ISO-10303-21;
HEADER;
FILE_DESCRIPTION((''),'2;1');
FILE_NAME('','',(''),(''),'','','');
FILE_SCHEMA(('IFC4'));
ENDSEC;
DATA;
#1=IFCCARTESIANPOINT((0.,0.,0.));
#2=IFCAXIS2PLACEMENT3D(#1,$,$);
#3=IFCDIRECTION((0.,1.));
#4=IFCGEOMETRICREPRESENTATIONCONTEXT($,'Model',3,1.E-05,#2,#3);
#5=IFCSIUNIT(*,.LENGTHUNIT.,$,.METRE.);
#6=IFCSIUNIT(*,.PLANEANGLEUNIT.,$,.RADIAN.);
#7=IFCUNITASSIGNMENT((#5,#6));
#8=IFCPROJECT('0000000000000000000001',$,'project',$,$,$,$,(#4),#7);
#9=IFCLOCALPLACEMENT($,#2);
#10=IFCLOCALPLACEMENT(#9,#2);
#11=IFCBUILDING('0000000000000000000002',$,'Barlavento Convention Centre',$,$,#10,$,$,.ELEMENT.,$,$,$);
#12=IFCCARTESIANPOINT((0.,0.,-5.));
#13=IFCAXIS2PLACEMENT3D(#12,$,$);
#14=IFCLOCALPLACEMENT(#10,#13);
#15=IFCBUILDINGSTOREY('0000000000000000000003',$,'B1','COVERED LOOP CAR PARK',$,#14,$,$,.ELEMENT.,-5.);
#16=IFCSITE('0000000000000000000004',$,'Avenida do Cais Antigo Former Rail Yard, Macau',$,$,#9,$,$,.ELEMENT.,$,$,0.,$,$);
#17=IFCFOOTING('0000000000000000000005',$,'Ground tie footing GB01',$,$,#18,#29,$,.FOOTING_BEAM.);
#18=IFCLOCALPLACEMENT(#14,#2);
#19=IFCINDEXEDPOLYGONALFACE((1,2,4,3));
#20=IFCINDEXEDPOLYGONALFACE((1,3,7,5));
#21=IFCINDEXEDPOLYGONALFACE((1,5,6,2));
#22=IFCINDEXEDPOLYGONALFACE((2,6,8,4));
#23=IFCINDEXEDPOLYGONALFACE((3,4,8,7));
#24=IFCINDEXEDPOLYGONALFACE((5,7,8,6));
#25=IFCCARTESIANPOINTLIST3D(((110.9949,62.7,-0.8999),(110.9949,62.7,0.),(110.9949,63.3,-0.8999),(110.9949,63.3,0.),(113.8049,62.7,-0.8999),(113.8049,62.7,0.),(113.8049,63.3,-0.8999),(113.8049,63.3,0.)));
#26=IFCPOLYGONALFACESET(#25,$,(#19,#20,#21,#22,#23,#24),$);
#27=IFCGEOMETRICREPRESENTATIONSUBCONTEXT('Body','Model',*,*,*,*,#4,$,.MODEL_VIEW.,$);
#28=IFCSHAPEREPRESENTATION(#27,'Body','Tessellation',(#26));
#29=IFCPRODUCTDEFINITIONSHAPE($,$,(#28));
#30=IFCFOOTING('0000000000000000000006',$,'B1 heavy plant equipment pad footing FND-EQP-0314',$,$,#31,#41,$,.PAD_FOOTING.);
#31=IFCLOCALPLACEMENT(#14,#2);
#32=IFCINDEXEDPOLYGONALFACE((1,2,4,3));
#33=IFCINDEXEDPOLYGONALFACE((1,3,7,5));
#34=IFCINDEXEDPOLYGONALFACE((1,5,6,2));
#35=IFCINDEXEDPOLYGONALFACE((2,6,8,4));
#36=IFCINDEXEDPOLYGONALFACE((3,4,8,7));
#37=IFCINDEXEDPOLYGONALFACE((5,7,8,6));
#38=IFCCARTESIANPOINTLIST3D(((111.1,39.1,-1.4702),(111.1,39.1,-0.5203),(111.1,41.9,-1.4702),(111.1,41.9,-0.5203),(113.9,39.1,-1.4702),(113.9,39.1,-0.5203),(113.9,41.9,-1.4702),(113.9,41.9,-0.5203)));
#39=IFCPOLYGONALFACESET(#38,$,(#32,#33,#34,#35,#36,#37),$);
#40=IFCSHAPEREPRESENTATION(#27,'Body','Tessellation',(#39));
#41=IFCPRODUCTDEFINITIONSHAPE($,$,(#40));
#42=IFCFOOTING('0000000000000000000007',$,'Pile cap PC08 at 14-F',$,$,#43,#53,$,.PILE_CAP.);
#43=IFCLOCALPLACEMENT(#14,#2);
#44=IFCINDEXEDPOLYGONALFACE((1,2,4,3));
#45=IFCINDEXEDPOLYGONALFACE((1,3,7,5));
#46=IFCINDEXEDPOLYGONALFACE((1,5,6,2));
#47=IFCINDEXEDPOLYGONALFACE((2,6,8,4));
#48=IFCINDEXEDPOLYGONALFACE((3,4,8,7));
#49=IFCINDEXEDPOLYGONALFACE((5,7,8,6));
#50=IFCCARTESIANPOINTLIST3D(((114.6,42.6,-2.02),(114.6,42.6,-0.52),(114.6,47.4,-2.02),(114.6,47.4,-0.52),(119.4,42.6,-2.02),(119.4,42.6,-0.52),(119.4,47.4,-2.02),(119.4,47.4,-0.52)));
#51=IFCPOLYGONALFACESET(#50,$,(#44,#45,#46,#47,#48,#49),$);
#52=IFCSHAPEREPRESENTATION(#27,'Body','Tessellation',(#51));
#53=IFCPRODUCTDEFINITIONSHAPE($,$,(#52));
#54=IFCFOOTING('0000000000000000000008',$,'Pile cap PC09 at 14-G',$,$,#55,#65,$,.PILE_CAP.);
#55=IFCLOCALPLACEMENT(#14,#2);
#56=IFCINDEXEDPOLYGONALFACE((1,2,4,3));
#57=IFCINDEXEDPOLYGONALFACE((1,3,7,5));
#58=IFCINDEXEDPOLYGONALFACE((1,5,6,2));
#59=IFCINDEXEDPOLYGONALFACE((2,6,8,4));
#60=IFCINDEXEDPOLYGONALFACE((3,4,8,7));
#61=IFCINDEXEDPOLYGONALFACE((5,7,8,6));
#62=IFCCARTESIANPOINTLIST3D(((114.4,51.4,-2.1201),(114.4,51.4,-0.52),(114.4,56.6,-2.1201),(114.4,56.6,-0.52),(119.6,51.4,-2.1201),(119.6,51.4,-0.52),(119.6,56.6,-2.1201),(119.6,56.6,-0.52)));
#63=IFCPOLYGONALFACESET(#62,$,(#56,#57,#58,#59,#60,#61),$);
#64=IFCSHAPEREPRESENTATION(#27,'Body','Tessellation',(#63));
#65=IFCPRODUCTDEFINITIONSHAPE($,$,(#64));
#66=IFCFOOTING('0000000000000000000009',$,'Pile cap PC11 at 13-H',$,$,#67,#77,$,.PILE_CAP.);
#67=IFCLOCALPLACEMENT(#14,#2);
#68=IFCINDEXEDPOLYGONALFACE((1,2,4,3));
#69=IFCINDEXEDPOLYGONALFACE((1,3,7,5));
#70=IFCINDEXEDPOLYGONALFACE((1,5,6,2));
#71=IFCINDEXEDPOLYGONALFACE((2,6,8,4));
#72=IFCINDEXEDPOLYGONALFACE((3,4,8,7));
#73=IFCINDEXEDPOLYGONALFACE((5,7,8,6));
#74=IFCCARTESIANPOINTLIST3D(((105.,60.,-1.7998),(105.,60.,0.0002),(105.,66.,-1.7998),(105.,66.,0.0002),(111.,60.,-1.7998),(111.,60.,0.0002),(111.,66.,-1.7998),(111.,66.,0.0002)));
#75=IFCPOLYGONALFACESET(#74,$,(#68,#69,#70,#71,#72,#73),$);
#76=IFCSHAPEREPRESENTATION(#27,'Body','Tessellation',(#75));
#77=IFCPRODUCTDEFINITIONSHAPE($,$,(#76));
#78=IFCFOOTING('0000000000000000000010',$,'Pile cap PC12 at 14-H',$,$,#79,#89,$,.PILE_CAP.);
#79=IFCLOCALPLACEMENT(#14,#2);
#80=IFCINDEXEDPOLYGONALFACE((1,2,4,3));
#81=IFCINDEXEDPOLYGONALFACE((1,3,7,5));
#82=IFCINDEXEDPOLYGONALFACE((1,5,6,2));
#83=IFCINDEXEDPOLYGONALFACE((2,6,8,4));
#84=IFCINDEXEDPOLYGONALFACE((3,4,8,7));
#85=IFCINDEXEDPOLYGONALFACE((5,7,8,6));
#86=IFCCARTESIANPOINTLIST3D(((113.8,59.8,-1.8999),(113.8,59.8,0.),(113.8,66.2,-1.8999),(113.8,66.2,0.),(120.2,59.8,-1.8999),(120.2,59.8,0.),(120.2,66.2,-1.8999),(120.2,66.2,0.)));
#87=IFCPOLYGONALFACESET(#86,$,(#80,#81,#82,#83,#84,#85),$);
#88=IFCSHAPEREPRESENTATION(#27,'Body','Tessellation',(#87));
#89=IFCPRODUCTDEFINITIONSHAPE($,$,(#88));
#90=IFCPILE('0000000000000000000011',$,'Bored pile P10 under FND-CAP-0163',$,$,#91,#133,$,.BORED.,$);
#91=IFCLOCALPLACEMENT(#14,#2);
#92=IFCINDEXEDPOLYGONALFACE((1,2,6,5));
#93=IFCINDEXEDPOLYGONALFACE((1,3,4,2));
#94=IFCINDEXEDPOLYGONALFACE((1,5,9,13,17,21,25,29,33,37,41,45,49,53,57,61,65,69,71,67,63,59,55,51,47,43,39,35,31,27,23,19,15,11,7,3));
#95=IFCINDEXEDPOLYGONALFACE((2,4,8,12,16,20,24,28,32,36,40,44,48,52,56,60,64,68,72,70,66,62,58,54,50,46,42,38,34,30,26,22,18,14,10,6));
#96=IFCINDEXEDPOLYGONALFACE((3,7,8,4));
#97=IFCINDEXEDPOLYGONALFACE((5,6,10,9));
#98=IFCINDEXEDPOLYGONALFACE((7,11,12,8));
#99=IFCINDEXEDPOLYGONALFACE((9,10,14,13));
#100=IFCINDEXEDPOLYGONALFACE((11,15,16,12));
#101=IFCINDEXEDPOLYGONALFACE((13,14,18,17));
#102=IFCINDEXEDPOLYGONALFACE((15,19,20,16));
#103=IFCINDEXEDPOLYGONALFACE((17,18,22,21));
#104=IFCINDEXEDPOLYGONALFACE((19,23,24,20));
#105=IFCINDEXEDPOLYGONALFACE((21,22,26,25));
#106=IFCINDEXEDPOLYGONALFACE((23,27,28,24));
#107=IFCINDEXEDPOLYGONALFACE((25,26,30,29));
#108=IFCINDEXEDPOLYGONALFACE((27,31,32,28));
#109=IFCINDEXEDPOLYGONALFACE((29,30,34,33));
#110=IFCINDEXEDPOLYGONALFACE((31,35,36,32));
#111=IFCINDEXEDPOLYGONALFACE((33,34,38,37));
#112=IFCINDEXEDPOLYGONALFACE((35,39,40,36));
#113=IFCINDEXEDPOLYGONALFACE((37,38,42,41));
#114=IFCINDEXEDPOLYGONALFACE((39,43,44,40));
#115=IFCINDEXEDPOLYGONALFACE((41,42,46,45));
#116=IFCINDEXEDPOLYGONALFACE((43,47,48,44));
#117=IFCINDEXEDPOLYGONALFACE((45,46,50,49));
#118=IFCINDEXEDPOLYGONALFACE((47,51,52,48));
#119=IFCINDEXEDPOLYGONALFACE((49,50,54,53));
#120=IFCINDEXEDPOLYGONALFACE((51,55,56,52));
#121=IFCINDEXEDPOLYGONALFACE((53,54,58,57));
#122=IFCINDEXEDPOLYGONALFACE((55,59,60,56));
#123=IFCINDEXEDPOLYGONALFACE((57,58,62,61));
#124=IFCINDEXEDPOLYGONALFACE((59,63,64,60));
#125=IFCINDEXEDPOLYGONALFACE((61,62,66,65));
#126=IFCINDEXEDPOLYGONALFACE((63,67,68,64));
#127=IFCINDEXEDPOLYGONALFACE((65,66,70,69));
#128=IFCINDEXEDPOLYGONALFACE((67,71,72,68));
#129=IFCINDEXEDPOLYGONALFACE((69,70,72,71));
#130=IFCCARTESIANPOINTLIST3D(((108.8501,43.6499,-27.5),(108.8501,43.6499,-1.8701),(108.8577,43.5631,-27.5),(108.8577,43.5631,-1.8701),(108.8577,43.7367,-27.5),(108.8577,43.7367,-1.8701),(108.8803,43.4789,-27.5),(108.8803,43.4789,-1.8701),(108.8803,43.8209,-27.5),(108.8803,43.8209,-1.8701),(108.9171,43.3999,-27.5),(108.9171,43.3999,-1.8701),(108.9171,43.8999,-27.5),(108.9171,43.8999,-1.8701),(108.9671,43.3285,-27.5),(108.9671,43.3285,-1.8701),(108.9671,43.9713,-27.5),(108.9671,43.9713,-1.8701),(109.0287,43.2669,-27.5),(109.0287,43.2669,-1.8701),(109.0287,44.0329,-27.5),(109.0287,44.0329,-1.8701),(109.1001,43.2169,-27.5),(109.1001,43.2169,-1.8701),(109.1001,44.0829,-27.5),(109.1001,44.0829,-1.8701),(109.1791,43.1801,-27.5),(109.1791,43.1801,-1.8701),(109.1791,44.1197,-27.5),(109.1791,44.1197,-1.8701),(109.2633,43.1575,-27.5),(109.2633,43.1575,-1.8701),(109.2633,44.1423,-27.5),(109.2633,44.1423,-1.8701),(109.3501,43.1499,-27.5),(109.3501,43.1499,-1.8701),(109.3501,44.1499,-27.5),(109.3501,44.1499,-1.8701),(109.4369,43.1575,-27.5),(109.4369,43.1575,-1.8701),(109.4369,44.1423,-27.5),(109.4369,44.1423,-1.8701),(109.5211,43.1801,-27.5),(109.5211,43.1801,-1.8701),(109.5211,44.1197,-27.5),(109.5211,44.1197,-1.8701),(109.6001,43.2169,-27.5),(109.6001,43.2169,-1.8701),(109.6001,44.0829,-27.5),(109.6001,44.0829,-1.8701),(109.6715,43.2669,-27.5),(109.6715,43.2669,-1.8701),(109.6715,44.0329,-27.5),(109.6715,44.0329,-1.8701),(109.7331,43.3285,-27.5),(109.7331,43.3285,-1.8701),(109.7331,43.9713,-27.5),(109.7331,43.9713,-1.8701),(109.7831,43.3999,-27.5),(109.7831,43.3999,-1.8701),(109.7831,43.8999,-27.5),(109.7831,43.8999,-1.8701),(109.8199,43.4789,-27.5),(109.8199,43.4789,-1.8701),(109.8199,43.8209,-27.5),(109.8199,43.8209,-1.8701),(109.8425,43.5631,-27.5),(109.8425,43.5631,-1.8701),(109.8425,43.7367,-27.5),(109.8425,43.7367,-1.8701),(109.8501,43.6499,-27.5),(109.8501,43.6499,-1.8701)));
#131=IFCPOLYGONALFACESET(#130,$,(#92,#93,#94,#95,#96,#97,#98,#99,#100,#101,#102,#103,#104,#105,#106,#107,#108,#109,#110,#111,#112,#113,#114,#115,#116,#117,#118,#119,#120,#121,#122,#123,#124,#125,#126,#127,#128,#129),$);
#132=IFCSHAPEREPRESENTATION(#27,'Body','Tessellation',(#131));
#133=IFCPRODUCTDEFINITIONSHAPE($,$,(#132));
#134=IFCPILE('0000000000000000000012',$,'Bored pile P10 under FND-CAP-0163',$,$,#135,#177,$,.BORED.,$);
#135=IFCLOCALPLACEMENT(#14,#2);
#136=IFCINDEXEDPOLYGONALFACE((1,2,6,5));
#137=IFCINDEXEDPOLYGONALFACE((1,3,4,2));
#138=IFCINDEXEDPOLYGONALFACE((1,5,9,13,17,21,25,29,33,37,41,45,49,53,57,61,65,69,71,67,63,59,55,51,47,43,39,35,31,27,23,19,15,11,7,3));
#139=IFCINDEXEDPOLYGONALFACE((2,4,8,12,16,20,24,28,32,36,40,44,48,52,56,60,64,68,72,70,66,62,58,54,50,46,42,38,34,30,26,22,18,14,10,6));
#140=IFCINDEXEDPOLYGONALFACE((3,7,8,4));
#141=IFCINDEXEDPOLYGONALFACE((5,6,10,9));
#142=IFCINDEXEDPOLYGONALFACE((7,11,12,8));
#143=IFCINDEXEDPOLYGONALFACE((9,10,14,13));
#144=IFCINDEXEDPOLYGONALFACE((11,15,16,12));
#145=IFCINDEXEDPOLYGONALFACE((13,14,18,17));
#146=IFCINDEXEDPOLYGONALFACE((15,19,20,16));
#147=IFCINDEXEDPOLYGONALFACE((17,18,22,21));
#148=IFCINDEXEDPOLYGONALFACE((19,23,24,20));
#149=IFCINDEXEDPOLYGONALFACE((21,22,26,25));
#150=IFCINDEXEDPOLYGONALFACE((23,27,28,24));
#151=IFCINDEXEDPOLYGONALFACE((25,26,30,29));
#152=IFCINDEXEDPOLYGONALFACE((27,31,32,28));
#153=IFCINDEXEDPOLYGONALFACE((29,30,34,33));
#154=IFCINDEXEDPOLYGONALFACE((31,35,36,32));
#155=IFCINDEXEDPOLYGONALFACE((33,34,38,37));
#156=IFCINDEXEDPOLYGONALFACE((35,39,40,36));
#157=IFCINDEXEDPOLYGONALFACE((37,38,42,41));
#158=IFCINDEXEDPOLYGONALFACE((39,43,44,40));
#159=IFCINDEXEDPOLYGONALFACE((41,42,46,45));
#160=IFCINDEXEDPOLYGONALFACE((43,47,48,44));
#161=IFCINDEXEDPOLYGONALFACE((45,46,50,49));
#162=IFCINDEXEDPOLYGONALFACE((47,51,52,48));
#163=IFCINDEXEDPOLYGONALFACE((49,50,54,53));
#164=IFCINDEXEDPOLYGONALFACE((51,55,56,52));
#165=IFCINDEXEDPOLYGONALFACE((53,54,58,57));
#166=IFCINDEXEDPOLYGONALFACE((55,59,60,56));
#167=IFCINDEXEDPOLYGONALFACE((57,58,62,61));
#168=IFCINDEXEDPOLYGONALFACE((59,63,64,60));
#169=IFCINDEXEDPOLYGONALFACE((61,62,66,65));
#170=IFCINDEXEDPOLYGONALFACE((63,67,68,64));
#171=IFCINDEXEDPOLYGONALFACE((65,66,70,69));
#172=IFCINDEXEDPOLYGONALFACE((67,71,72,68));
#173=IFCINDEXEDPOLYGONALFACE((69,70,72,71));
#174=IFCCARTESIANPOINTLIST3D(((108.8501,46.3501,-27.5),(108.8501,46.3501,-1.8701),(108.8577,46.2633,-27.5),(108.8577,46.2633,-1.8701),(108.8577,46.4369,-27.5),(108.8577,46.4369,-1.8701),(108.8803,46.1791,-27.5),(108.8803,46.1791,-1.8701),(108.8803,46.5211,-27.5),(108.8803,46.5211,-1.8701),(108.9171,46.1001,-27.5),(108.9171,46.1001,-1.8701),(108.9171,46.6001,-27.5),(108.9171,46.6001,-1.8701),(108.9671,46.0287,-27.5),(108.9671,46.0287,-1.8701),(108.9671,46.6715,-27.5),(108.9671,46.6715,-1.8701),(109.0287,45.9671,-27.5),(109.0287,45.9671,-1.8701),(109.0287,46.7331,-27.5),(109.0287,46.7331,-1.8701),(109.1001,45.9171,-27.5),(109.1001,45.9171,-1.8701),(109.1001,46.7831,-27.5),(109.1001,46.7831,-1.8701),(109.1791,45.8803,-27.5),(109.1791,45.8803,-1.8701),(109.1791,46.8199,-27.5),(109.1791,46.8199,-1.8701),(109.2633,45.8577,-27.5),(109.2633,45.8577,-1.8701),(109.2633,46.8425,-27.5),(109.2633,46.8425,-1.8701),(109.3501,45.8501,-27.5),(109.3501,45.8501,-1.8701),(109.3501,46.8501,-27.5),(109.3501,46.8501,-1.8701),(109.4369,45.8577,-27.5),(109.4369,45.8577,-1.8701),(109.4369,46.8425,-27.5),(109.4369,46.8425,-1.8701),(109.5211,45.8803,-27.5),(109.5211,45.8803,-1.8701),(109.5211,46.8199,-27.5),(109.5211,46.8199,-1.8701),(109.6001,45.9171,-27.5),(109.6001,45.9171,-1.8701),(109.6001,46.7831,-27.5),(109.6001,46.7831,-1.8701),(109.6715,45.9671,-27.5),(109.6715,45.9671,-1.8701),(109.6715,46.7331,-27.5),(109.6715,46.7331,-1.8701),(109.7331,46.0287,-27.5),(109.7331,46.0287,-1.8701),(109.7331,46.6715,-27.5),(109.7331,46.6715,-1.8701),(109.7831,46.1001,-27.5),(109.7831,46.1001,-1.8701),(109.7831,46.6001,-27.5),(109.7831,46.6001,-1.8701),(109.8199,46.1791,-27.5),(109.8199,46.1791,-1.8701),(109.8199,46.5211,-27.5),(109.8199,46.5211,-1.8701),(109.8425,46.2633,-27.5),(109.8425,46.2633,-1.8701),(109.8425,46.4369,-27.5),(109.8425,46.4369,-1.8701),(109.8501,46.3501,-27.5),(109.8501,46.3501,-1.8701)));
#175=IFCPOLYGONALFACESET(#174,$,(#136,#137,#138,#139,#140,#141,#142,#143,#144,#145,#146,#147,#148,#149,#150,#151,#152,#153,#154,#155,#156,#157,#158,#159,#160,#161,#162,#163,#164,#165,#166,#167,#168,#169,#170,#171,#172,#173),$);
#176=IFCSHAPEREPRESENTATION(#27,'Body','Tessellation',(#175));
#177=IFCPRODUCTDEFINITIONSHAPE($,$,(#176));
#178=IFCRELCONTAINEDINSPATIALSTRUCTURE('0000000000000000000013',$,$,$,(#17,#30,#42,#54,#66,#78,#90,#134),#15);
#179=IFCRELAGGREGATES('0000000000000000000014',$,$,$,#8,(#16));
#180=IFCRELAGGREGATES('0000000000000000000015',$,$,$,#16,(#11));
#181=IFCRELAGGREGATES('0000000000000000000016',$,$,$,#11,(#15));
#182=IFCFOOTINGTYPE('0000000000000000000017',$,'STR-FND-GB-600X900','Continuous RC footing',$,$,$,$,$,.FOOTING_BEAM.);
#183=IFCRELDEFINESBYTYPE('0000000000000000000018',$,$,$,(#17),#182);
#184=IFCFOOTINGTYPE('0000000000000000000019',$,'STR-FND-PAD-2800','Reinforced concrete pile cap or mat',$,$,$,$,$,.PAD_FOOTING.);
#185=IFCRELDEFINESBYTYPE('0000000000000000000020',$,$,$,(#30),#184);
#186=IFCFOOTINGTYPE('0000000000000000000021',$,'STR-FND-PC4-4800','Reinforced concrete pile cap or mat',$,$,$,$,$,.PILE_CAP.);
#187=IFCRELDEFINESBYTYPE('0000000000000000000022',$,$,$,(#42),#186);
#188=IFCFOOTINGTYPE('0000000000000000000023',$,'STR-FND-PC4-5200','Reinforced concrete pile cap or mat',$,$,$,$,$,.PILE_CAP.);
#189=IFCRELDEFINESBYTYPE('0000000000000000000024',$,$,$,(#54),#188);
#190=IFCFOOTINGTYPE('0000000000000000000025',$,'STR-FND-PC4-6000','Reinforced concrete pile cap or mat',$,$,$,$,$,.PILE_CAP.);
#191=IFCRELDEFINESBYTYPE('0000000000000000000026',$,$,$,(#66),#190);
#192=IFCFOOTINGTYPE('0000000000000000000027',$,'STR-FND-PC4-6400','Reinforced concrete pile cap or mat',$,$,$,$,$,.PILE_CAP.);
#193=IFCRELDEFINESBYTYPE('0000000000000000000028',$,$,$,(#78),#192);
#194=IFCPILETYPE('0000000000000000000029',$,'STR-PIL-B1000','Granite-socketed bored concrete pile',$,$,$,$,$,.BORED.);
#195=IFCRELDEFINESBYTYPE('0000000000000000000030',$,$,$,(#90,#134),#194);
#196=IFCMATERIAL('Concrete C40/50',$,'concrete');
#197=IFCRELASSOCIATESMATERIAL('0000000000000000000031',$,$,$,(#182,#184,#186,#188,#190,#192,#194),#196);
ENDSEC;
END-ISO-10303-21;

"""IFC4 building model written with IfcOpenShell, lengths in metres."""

from ifc_helpers import new_model, si_unit, direction, frame, origin, origin_2d, place, context, subcontext, project, spatial, rectangle, circle, extrude, material, material_profile, profile_set, type_object, element, save


model = new_model("IFC4")

# Units and contexts
model_context = context("Model", 3, precision=1e-05, world=origin(), true_north=direction((0.0, 1.0)))
body_context = subcontext(model_context, "Body", "Model", "MODEL_VIEW")
ifc_project = project(units=[si_unit("LENGTHUNIT", "METRE"), si_unit("PLANEANGLEUNIT", "RADIAN")], contexts=[model_context])

# Site, building, storey
site_placement = place(None, origin())
site = spatial("IfcSite", under=ifc_project, at=site_placement, Name="Avenida do Cais Antigo Former Rail Yard, Macau", CompositionType="ELEMENT", RefElevation=0.0)
building_placement = place(site_placement, origin())
building = spatial("IfcBuilding", under=site, at=building_placement, Name="Barlavento Convention Centre", CompositionType="ELEMENT")
storey_placement = place(building_placement, frame((0.0, 0.0, -5.0)))
storey = spatial("IfcBuildingStorey", under=building, at=storey_placement, Name="B1", Description="COVERED LOOP CAR PARK", CompositionType="ELEMENT", Elevation=-5.0)

# Footings
ifc_material_1 = material(Name="Concrete C40/50", Category="concrete")
footing_type_1 = type_object("IfcFootingType", Name="STR-FND-GB-600X900", Description="Continuous RC footing", PredefinedType="FOOTING_BEAM", material=ifc_material_1)
footing_1_placement = place(storey_placement, frame((112.3999, 63.0, -0.8999), z_axis=(0.0, 0.0, 1.0), x_axis=(1.0, 0.0, 0.0)))
element("IfcFooting", 1, at=footing_1_placement, inside=storey, type_object=footing_type_1, Name="Ground tie footing GB01", PredefinedType="FOOTING_BEAM", context=body_context, shape_type="SweptSolid", body=[
    extrude(rectangle(XDim=2.8101, YDim=0.6001, at=origin_2d()), origin(), (0.0, 0.0, 1.0), 0.8999),
])
footing_type_2 = type_object("IfcFootingType", Name="STR-FND-PAD-2800", Description="Reinforced concrete pile cap or mat", PredefinedType="PAD_FOOTING", material=ifc_material_1)
footing_2_placement = place(storey_placement, frame((112.5, 40.5, -1.4702), z_axis=(0.0, 0.0, 1.0), x_axis=(1.0, 0.0, 0.0)))
element("IfcFooting", 2, at=footing_2_placement, inside=storey, type_object=footing_type_2, Name="B1 heavy plant equipment pad footing FND-EQP-0314", PredefinedType="PAD_FOOTING", context=body_context, shape_type="SweptSolid", body=[
    extrude(rectangle(XDim=2.8, YDim=2.8, at=origin_2d()), origin(), (0.0, 0.0, 1.0), 0.95),
])
footing_type_3 = type_object("IfcFootingType", Name="STR-FND-PC4-4800", Description="Reinforced concrete pile cap or mat", PredefinedType="PILE_CAP", material=ifc_material_1)
footing_3_placement = place(storey_placement, frame((117.0, 45.0, -2.02), z_axis=(0.0, 0.0, 1.0), x_axis=(1.0, 0.0, 0.0)))
element("IfcFooting", 3, at=footing_3_placement, inside=storey, type_object=footing_type_3, Name="Pile cap PC08 at 14-F", PredefinedType="PILE_CAP", context=body_context, shape_type="SweptSolid", body=[
    extrude(rectangle(XDim=4.8, YDim=4.8, at=origin_2d()), origin(), (0.0, 0.0, 1.0), 1.5),
])
footing_type_4 = type_object("IfcFootingType", Name="STR-FND-PC4-5200", Description="Reinforced concrete pile cap or mat", PredefinedType="PILE_CAP", material=ifc_material_1)
footing_4_placement = place(storey_placement, frame((117.0, 54.0, -2.1201), z_axis=(0.0, 0.0, 1.0), x_axis=(1.0, 0.0, 0.0)))
element("IfcFooting", 4, at=footing_4_placement, inside=storey, type_object=footing_type_4, Name="Pile cap PC09 at 14-G", PredefinedType="PILE_CAP", context=body_context, shape_type="SweptSolid", body=[
    extrude(rectangle(XDim=5.2, YDim=5.2, at=origin_2d()), origin(), (0.0, 0.0, 1.0), 1.6001),
])
footing_type_5 = type_object("IfcFootingType", Name="STR-FND-PC4-6000", Description="Reinforced concrete pile cap or mat", PredefinedType="PILE_CAP", material=ifc_material_1)
footing_5_placement = place(storey_placement, frame((108.0, 63.0, -1.7998), z_axis=(0.0, 0.0, 1.0), x_axis=(1.0, 0.0, 0.0)))
element("IfcFooting", 5, at=footing_5_placement, inside=storey, type_object=footing_type_5, Name="Pile cap PC11 at 13-H", PredefinedType="PILE_CAP", context=body_context, shape_type="SweptSolid", body=[
    extrude(rectangle(XDim=6.0, YDim=6.0, at=origin_2d()), origin(), (0.0, 0.0, 1.0), 1.8),
])
footing_type_6 = type_object("IfcFootingType", Name="STR-FND-PC4-6400", Description="Reinforced concrete pile cap or mat", PredefinedType="PILE_CAP", material=ifc_material_1)
footing_6_placement = place(storey_placement, frame((117.0, 63.0, -1.8999), z_axis=(0.0, 0.0, 1.0), x_axis=(1.0, 0.0, 0.0)))
element("IfcFooting", 6, at=footing_6_placement, inside=storey, type_object=footing_type_6, Name="Pile cap PC12 at 14-H", PredefinedType="PILE_CAP", context=body_context, shape_type="SweptSolid", body=[
    extrude(rectangle(XDim=6.3999, YDim=6.3999, at=origin_2d()), origin(), (0.0, 0.0, 1.0), 1.8999),
])

# Piles
ifc_material_profile_1 = material_profile(ifc_material_1, circle(Radius=0.5, at=origin_2d()), Name="BORED PILE 1000")
ifc_profile_set_1 = profile_set([ifc_material_profile_1], Name="Concrete C40/50")
pile_type_1 = type_object("IfcPileType", Name="STR-PIL-B1000", Description="Granite-socketed bored concrete pile", PredefinedType="BORED", material=ifc_profile_set_1)
for number, where, z_axis, x_axis, name in (
    (7, (109.3501, 43.6499, -1.8701), (0.0, 0.0, -1.0), (1.0, 0.0, 0.0), "Bored pile P10 under FND-CAP-0163"),
    (8, (109.3501, 46.3501, -1.8701), (0.0, 0.0, -1.0), (1.0, 0.0, 0.0), "Bored pile P10 under FND-CAP-0163"),
):
    element("IfcPile", number, at=place(storey_placement, frame(where, z_axis=z_axis, x_axis=x_axis)), inside=storey, type_object=pile_type_1, Name=name, PredefinedType="BORED", context=body_context, shape_type="SweptSolid", body=[
        extrude(circle(Radius=0.5, at=origin_2d()), origin(), (0.0, 0.0, 1.0), 25.6299),
    ])

save(model, "model.ifc")
